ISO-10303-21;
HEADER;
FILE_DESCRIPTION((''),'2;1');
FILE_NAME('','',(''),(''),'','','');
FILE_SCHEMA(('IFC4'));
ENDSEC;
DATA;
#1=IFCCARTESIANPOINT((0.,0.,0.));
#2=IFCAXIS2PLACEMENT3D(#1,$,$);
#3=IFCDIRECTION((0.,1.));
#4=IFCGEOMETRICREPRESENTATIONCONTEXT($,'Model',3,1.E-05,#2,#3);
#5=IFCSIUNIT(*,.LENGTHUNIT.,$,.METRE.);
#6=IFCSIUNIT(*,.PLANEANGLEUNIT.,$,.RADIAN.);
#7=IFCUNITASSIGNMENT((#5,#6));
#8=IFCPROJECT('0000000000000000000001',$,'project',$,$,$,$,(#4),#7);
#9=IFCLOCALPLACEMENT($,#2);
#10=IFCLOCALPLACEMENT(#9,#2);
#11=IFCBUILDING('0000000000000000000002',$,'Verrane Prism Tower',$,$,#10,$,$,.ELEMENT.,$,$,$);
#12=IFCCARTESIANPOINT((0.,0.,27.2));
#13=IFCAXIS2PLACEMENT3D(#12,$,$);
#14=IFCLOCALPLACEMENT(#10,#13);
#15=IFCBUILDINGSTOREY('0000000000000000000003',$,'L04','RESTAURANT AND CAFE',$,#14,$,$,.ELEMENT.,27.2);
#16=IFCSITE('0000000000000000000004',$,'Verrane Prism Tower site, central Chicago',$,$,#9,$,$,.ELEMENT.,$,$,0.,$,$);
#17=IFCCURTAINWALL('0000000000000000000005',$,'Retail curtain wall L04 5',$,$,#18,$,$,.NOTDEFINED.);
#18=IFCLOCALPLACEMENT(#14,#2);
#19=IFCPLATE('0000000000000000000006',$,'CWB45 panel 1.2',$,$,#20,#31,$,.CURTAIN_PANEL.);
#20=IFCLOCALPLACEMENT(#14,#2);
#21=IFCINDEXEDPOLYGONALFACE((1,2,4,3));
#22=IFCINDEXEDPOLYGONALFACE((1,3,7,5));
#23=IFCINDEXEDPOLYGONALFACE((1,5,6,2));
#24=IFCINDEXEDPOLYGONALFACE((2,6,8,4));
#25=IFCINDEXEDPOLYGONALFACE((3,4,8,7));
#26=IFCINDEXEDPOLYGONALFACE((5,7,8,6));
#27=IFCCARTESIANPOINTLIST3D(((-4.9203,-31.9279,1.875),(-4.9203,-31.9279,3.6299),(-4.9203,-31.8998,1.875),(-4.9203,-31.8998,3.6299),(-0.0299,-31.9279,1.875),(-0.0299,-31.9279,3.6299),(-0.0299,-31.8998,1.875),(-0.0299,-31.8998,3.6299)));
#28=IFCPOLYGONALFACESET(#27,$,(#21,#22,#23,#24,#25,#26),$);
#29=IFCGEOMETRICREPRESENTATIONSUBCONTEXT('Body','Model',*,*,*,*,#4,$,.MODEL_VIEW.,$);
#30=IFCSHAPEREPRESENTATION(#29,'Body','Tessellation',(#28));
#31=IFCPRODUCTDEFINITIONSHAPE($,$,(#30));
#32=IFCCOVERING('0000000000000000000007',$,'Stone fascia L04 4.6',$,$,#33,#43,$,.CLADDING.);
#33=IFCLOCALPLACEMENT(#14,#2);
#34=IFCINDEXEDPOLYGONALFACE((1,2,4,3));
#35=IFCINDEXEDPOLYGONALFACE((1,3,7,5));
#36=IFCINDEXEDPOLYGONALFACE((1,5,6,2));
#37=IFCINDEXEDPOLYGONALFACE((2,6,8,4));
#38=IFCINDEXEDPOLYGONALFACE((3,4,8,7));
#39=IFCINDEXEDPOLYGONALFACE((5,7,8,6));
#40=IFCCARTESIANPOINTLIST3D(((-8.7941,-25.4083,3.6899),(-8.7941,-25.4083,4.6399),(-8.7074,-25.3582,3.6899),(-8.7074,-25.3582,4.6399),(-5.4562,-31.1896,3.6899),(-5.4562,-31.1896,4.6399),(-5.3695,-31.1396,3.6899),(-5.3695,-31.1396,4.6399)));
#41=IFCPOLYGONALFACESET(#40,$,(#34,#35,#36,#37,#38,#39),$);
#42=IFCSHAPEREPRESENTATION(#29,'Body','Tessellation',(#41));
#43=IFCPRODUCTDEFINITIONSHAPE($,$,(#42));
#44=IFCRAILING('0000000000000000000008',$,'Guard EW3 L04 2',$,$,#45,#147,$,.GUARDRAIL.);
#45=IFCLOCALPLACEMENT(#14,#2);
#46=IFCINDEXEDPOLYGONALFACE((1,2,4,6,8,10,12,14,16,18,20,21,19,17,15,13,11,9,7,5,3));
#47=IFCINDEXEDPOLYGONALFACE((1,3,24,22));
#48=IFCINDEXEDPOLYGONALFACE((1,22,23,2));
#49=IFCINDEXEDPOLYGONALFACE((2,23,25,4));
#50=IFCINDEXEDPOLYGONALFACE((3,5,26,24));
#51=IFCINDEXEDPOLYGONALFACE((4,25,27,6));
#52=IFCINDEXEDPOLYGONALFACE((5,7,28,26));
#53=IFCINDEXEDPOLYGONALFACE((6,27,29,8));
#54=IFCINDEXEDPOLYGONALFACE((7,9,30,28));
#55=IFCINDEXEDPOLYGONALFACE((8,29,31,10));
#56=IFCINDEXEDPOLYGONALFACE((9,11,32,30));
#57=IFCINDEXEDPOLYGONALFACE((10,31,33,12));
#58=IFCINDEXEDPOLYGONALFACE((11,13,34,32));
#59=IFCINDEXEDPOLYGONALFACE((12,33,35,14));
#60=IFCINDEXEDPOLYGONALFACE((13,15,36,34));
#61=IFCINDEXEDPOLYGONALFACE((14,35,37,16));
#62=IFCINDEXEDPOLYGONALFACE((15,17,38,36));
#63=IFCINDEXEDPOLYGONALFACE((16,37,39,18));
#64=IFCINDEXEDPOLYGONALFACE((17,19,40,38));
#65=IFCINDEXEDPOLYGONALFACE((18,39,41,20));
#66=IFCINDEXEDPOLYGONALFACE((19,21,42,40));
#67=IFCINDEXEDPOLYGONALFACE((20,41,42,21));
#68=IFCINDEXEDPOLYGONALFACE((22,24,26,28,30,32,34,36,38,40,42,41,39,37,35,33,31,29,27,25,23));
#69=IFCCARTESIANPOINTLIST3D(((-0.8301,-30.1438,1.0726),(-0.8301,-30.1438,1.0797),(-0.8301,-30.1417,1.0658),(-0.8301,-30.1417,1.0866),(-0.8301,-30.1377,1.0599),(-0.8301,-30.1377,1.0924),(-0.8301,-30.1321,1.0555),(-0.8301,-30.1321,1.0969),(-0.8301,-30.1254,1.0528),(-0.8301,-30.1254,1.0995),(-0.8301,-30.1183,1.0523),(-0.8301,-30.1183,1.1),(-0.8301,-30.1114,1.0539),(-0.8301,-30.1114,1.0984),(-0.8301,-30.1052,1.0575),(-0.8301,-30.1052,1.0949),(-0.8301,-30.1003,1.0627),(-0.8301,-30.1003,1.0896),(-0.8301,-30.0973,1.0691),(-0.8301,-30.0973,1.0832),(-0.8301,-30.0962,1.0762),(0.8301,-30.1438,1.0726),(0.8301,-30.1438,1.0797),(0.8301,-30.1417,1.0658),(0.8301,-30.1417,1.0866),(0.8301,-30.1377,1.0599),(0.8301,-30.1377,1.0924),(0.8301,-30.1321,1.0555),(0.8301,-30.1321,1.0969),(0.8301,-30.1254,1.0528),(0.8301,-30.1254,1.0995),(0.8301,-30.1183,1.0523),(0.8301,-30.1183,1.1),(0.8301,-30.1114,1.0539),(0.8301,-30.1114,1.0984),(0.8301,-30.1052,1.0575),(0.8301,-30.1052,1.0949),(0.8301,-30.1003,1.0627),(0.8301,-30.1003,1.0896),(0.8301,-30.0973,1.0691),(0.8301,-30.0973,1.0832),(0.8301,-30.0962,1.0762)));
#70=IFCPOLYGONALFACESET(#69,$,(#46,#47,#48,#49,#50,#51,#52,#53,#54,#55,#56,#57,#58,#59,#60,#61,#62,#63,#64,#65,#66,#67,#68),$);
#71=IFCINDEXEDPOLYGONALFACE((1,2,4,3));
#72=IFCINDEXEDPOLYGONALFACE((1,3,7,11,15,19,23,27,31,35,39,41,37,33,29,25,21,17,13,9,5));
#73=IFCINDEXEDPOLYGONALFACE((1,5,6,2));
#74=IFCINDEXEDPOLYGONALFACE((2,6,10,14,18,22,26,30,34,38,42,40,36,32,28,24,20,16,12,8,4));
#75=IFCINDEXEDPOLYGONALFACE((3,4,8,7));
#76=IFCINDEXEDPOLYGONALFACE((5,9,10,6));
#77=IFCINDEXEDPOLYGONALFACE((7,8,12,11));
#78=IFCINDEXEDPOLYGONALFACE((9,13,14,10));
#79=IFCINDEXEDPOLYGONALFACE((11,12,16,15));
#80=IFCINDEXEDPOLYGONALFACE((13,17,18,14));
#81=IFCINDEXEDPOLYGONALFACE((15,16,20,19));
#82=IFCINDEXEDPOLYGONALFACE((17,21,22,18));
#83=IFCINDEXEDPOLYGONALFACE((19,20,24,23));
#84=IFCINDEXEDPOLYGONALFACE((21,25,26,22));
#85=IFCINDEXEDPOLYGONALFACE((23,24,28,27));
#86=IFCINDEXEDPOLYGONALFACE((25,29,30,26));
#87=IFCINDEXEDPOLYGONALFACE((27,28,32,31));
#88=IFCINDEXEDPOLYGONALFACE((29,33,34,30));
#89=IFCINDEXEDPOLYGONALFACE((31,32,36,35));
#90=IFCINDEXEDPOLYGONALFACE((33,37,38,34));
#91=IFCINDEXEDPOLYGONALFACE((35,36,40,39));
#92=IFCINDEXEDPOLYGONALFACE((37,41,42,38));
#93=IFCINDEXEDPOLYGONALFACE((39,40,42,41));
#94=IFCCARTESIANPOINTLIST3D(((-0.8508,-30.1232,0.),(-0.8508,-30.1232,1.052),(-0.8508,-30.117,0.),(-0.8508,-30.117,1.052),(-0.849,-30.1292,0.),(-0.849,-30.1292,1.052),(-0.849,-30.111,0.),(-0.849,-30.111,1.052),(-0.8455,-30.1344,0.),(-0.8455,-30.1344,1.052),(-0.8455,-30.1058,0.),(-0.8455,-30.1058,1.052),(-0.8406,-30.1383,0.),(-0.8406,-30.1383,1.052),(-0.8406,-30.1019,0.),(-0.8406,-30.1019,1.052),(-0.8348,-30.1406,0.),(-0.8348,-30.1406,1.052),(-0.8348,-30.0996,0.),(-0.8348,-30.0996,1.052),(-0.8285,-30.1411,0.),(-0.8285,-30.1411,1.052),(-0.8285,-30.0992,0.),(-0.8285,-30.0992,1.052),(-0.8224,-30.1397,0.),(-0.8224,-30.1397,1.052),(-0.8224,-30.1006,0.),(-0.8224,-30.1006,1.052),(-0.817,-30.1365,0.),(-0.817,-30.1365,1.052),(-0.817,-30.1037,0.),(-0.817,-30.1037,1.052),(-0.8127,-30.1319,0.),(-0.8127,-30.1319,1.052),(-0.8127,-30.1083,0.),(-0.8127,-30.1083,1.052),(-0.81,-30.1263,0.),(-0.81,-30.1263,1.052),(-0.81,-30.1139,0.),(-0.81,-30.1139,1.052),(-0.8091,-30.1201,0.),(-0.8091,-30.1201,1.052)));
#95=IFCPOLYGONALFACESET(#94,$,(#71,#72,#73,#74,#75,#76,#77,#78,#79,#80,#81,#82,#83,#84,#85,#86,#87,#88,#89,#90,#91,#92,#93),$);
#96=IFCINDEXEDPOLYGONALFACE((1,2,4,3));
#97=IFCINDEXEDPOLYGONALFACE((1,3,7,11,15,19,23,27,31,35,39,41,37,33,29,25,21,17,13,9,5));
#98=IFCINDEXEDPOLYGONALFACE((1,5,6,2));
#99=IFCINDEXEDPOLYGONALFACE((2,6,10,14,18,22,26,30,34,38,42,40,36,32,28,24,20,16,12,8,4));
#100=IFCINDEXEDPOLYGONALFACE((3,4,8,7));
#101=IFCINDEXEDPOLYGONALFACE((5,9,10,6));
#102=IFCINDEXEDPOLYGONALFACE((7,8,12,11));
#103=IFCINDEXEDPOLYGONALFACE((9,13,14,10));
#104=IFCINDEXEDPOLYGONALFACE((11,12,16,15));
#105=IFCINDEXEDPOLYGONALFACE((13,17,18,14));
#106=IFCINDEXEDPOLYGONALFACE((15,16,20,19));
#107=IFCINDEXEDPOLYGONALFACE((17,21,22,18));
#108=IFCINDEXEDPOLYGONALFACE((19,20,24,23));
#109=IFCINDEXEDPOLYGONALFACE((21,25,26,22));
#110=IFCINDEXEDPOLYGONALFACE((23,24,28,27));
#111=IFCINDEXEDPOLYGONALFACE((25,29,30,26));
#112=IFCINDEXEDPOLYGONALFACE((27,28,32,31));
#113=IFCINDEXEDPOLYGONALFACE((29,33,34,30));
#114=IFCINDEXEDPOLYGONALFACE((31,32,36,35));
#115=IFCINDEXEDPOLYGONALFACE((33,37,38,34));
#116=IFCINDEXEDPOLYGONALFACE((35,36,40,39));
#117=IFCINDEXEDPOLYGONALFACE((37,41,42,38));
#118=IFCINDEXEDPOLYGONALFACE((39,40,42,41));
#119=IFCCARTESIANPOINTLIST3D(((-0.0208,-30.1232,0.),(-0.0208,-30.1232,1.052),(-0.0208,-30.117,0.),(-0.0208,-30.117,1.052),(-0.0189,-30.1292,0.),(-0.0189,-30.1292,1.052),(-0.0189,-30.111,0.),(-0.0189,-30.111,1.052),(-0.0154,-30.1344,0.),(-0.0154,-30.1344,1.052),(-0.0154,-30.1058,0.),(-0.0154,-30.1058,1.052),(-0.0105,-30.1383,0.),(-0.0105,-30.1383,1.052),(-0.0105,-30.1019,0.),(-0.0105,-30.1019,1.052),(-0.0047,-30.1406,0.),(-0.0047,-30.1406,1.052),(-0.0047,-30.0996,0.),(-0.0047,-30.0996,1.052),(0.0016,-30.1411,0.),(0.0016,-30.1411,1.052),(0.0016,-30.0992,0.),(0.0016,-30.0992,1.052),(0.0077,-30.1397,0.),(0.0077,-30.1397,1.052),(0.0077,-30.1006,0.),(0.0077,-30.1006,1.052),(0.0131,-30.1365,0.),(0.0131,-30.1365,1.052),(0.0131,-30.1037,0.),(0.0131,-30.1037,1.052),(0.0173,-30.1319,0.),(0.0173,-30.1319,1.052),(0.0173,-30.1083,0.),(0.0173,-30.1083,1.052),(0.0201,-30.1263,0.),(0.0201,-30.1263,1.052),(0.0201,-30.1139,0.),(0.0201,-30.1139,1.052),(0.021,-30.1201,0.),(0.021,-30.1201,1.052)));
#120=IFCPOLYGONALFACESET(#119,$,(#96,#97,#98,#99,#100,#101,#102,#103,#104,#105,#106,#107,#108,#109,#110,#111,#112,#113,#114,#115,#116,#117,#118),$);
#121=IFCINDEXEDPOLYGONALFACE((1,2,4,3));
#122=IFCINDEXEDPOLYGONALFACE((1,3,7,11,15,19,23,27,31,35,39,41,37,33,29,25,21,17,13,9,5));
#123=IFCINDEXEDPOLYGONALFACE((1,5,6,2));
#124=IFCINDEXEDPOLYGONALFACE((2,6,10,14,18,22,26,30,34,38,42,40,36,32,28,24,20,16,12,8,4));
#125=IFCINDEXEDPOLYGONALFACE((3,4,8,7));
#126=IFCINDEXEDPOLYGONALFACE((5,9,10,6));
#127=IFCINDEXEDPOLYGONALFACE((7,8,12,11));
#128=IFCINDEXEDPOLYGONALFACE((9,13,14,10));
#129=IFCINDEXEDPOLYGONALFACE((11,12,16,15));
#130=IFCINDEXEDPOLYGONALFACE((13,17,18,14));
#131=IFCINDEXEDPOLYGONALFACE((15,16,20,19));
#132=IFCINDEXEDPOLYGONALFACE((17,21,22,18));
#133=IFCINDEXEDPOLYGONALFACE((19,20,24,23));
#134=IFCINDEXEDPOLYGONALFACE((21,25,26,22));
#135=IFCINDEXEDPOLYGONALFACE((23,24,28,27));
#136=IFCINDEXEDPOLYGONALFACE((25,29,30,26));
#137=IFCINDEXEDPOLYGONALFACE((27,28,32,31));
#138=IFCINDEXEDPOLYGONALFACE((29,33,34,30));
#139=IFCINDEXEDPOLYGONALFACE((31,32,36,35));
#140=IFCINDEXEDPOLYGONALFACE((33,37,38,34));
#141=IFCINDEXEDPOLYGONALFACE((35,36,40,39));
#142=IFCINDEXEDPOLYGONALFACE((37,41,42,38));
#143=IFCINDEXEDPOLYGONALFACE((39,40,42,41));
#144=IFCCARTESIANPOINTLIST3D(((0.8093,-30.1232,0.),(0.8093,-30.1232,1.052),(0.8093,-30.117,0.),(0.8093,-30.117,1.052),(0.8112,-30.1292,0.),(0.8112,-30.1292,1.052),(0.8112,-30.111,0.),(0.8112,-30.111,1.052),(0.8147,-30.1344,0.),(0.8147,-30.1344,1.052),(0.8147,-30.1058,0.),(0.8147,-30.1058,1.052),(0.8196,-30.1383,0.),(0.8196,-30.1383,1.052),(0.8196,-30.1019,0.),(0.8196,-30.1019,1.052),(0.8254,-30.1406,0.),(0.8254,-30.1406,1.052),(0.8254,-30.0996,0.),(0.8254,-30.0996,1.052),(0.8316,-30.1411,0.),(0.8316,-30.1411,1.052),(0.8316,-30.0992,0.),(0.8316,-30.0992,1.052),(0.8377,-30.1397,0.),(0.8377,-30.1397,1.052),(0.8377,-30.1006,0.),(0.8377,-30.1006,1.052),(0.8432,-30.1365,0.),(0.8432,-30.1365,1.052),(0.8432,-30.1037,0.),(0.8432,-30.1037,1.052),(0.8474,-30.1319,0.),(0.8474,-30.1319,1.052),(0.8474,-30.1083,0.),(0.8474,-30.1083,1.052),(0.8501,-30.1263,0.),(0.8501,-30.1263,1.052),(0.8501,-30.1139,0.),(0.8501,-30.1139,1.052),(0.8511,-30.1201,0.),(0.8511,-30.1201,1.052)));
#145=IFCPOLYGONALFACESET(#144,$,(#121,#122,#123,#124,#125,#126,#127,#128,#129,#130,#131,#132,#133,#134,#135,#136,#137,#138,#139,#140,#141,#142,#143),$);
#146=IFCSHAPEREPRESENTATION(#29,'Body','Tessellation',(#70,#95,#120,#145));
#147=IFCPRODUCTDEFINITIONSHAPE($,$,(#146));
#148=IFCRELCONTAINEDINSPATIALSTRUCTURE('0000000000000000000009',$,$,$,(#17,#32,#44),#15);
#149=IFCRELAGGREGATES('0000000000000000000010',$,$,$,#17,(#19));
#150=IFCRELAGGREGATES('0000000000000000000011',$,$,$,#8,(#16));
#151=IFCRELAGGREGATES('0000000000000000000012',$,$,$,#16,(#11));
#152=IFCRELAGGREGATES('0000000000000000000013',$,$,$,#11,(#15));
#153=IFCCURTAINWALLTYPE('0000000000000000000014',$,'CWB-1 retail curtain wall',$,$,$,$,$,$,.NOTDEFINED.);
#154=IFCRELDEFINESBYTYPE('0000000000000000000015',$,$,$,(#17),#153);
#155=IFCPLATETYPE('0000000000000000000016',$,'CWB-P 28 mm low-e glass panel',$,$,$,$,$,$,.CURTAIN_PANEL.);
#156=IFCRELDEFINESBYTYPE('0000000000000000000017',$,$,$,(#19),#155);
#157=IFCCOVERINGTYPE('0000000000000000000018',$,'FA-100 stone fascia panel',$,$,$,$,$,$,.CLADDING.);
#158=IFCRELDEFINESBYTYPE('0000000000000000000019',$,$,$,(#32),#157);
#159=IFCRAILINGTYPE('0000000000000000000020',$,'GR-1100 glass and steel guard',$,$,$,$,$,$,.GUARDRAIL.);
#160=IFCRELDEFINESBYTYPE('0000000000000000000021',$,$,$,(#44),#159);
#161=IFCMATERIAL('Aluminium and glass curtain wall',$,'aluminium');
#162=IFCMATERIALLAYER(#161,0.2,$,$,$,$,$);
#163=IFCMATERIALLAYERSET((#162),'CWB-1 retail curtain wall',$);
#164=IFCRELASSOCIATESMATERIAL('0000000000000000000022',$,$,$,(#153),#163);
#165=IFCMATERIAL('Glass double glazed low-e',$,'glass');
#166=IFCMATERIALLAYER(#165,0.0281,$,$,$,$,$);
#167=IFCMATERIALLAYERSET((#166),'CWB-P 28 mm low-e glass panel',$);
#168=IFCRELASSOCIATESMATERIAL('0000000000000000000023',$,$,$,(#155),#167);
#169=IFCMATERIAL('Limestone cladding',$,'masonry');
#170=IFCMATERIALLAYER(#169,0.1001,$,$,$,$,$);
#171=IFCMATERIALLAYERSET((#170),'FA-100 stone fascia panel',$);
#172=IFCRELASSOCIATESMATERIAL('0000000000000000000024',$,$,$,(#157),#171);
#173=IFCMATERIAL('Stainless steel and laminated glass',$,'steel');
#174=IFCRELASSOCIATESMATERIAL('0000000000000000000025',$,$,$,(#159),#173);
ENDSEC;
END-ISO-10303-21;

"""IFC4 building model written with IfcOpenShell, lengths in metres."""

from ifc_helpers import new_model, si_unit, direction, frame, origin, origin_2d, place, context, subcontext, project, spatial, rectangle, circle, extrude, material, layer, layer_set, type_object, element, aggregate, save


model = new_model("IFC4")

# Units and contexts
model_context = context("Model", 3, precision=1e-05, world=origin(), true_north=direction((0.0, 1.0)))
body_context = subcontext(model_context, "Body", "Model", "MODEL_VIEW")
ifc_project = project(units=[si_unit("LENGTHUNIT", "METRE"), si_unit("PLANEANGLEUNIT", "RADIAN")], contexts=[model_context])

# Site, building, storey
site_placement = place(None, origin())
site = spatial("IfcSite", under=ifc_project, at=site_placement, Name="Verrane Prism Tower site, central Chicago", CompositionType="ELEMENT", RefElevation=0.0)
building_placement = place(site_placement, origin())
building = spatial("IfcBuilding", under=site, at=building_placement, Name="Verrane Prism Tower", CompositionType="ELEMENT")
storey_placement = place(building_placement, frame((0.0, 0.0, 27.2)))
storey = spatial("IfcBuildingStorey", under=building, at=storey_placement, Name="L04", Description="RESTAURANT AND CAFE", CompositionType="ELEMENT", Elevation=27.2)

# Shared definitions
ifc_material_1 = material(Name="Aluminium and glass curtain wall", Category="aluminium")
ifc_layer_1 = layer(ifc_material_1, 0.2)
ifc_layer_set_1 = layer_set([ifc_layer_1], Name="CWB-1 retail curtain wall")
curtain_wall_type = type_object("IfcCurtainWallType", Name="CWB-1 retail curtain wall", PredefinedType="NOTDEFINED", material=ifc_layer_set_1)

# Curtain wall
curtain_wall_1_placement = place(storey_placement, origin())
curtain_wall_1 = element("IfcCurtainWall", 1, at=curtain_wall_1_placement, inside=storey, type_object=curtain_wall_type, Name="Retail curtain wall L04 5", PredefinedType="NOTDEFINED")

# Plate
ifc_material_2 = material(Name="Glass double glazed low-e", Category="glass")
ifc_layer_2 = layer(ifc_material_2, 0.0281)
ifc_layer_set_2 = layer_set([ifc_layer_2], Name="CWB-P 28 mm low-e glass panel")
plate_type = type_object("IfcPlateType", Name="CWB-P 28 mm low-e glass panel", PredefinedType="CURTAIN_PANEL", material=ifc_layer_set_2)
plate_1_placement = place(storey_placement, frame((-2.4751, -31.9138, 1.875), z_axis=(0.0, 0.0, 1.0), x_axis=(1.0, 0.0, 0.0)))
plate_1 = element("IfcPlate", 2, at=plate_1_placement, type_object=plate_type, Name="CWB45 panel 1.2", PredefinedType="CURTAIN_PANEL", context=body_context, shape_type="SweptSolid", body=[
    extrude(rectangle(XDim=4.8904, YDim=0.0281, at=origin_2d()), origin(), (0.0, 0.0, 1.0), 1.7549),
])
aggregate(curtain_wall_1, [plate_1])

# Covering
ifc_material_3 = material(Name="Limestone cladding", Category="masonry")
ifc_layer_3 = layer(ifc_material_3, 0.1001)
ifc_layer_set_3 = layer_set([ifc_layer_3], Name="FA-100 stone fascia panel")
covering_type = type_object("IfcCoveringType", Name="FA-100 stone fascia panel", PredefinedType="CLADDING", material=ifc_layer_set_3)
covering_placement = place(storey_placement, frame((-7.0818, -28.2739, 3.6899), z_axis=(0.0, 0.0, 1.0), x_axis=(0.5, -0.866025, 0.0)))
element("IfcCovering", 3, at=covering_placement, inside=storey, type_object=covering_type, Name="Stone fascia L04 4.6", PredefinedType="CLADDING", context=body_context, shape_type="SweptSolid", body=[
    extrude(rectangle(XDim=6.6758, YDim=0.1001, at=origin_2d()), origin(), (0.0, 0.0, 1.0), 0.95),
])

# Railing
ifc_material_4 = material(Name="Stainless steel and laminated glass", Category="steel")
railing_type = type_object("IfcRailingType", Name="GR-1100 glass and steel guard", PredefinedType="GUARDRAIL", material=ifc_material_4)
railing_placement = place(storey_placement, frame((-0.8301, -30.1201, 0.0)))
element("IfcRailing", 4, at=railing_placement, inside=storey, type_object=railing_type, Name="Guard EW3 L04 2", PredefinedType="GUARDRAIL", context=body_context, shape_type="SweptSolid", body=[
    extrude(circle(Radius=0.0239, at=origin_2d()), frame((0.0, 0.0, 1.0762), z_axis=(1.0, 0.0, 0.0), x_axis=(0.0, 1.0, 0.0)), (0.0, 0.0, 1.0), 1.6602),
    extrude(circle(Radius=0.021, at=origin_2d()), origin(), (0.0, 0.0, 1.0), 1.052),
    extrude(circle(Radius=0.021, at=origin_2d()), frame((0.8301, 0.0, 0.0)), (0.0, 0.0, 1.0), 1.052),
    extrude(circle(Radius=0.021, at=origin_2d()), frame((1.6602, 0.0, 0.0)), (0.0, 0.0, 1.0), 1.052),
])

save(model, "model.ifc")
